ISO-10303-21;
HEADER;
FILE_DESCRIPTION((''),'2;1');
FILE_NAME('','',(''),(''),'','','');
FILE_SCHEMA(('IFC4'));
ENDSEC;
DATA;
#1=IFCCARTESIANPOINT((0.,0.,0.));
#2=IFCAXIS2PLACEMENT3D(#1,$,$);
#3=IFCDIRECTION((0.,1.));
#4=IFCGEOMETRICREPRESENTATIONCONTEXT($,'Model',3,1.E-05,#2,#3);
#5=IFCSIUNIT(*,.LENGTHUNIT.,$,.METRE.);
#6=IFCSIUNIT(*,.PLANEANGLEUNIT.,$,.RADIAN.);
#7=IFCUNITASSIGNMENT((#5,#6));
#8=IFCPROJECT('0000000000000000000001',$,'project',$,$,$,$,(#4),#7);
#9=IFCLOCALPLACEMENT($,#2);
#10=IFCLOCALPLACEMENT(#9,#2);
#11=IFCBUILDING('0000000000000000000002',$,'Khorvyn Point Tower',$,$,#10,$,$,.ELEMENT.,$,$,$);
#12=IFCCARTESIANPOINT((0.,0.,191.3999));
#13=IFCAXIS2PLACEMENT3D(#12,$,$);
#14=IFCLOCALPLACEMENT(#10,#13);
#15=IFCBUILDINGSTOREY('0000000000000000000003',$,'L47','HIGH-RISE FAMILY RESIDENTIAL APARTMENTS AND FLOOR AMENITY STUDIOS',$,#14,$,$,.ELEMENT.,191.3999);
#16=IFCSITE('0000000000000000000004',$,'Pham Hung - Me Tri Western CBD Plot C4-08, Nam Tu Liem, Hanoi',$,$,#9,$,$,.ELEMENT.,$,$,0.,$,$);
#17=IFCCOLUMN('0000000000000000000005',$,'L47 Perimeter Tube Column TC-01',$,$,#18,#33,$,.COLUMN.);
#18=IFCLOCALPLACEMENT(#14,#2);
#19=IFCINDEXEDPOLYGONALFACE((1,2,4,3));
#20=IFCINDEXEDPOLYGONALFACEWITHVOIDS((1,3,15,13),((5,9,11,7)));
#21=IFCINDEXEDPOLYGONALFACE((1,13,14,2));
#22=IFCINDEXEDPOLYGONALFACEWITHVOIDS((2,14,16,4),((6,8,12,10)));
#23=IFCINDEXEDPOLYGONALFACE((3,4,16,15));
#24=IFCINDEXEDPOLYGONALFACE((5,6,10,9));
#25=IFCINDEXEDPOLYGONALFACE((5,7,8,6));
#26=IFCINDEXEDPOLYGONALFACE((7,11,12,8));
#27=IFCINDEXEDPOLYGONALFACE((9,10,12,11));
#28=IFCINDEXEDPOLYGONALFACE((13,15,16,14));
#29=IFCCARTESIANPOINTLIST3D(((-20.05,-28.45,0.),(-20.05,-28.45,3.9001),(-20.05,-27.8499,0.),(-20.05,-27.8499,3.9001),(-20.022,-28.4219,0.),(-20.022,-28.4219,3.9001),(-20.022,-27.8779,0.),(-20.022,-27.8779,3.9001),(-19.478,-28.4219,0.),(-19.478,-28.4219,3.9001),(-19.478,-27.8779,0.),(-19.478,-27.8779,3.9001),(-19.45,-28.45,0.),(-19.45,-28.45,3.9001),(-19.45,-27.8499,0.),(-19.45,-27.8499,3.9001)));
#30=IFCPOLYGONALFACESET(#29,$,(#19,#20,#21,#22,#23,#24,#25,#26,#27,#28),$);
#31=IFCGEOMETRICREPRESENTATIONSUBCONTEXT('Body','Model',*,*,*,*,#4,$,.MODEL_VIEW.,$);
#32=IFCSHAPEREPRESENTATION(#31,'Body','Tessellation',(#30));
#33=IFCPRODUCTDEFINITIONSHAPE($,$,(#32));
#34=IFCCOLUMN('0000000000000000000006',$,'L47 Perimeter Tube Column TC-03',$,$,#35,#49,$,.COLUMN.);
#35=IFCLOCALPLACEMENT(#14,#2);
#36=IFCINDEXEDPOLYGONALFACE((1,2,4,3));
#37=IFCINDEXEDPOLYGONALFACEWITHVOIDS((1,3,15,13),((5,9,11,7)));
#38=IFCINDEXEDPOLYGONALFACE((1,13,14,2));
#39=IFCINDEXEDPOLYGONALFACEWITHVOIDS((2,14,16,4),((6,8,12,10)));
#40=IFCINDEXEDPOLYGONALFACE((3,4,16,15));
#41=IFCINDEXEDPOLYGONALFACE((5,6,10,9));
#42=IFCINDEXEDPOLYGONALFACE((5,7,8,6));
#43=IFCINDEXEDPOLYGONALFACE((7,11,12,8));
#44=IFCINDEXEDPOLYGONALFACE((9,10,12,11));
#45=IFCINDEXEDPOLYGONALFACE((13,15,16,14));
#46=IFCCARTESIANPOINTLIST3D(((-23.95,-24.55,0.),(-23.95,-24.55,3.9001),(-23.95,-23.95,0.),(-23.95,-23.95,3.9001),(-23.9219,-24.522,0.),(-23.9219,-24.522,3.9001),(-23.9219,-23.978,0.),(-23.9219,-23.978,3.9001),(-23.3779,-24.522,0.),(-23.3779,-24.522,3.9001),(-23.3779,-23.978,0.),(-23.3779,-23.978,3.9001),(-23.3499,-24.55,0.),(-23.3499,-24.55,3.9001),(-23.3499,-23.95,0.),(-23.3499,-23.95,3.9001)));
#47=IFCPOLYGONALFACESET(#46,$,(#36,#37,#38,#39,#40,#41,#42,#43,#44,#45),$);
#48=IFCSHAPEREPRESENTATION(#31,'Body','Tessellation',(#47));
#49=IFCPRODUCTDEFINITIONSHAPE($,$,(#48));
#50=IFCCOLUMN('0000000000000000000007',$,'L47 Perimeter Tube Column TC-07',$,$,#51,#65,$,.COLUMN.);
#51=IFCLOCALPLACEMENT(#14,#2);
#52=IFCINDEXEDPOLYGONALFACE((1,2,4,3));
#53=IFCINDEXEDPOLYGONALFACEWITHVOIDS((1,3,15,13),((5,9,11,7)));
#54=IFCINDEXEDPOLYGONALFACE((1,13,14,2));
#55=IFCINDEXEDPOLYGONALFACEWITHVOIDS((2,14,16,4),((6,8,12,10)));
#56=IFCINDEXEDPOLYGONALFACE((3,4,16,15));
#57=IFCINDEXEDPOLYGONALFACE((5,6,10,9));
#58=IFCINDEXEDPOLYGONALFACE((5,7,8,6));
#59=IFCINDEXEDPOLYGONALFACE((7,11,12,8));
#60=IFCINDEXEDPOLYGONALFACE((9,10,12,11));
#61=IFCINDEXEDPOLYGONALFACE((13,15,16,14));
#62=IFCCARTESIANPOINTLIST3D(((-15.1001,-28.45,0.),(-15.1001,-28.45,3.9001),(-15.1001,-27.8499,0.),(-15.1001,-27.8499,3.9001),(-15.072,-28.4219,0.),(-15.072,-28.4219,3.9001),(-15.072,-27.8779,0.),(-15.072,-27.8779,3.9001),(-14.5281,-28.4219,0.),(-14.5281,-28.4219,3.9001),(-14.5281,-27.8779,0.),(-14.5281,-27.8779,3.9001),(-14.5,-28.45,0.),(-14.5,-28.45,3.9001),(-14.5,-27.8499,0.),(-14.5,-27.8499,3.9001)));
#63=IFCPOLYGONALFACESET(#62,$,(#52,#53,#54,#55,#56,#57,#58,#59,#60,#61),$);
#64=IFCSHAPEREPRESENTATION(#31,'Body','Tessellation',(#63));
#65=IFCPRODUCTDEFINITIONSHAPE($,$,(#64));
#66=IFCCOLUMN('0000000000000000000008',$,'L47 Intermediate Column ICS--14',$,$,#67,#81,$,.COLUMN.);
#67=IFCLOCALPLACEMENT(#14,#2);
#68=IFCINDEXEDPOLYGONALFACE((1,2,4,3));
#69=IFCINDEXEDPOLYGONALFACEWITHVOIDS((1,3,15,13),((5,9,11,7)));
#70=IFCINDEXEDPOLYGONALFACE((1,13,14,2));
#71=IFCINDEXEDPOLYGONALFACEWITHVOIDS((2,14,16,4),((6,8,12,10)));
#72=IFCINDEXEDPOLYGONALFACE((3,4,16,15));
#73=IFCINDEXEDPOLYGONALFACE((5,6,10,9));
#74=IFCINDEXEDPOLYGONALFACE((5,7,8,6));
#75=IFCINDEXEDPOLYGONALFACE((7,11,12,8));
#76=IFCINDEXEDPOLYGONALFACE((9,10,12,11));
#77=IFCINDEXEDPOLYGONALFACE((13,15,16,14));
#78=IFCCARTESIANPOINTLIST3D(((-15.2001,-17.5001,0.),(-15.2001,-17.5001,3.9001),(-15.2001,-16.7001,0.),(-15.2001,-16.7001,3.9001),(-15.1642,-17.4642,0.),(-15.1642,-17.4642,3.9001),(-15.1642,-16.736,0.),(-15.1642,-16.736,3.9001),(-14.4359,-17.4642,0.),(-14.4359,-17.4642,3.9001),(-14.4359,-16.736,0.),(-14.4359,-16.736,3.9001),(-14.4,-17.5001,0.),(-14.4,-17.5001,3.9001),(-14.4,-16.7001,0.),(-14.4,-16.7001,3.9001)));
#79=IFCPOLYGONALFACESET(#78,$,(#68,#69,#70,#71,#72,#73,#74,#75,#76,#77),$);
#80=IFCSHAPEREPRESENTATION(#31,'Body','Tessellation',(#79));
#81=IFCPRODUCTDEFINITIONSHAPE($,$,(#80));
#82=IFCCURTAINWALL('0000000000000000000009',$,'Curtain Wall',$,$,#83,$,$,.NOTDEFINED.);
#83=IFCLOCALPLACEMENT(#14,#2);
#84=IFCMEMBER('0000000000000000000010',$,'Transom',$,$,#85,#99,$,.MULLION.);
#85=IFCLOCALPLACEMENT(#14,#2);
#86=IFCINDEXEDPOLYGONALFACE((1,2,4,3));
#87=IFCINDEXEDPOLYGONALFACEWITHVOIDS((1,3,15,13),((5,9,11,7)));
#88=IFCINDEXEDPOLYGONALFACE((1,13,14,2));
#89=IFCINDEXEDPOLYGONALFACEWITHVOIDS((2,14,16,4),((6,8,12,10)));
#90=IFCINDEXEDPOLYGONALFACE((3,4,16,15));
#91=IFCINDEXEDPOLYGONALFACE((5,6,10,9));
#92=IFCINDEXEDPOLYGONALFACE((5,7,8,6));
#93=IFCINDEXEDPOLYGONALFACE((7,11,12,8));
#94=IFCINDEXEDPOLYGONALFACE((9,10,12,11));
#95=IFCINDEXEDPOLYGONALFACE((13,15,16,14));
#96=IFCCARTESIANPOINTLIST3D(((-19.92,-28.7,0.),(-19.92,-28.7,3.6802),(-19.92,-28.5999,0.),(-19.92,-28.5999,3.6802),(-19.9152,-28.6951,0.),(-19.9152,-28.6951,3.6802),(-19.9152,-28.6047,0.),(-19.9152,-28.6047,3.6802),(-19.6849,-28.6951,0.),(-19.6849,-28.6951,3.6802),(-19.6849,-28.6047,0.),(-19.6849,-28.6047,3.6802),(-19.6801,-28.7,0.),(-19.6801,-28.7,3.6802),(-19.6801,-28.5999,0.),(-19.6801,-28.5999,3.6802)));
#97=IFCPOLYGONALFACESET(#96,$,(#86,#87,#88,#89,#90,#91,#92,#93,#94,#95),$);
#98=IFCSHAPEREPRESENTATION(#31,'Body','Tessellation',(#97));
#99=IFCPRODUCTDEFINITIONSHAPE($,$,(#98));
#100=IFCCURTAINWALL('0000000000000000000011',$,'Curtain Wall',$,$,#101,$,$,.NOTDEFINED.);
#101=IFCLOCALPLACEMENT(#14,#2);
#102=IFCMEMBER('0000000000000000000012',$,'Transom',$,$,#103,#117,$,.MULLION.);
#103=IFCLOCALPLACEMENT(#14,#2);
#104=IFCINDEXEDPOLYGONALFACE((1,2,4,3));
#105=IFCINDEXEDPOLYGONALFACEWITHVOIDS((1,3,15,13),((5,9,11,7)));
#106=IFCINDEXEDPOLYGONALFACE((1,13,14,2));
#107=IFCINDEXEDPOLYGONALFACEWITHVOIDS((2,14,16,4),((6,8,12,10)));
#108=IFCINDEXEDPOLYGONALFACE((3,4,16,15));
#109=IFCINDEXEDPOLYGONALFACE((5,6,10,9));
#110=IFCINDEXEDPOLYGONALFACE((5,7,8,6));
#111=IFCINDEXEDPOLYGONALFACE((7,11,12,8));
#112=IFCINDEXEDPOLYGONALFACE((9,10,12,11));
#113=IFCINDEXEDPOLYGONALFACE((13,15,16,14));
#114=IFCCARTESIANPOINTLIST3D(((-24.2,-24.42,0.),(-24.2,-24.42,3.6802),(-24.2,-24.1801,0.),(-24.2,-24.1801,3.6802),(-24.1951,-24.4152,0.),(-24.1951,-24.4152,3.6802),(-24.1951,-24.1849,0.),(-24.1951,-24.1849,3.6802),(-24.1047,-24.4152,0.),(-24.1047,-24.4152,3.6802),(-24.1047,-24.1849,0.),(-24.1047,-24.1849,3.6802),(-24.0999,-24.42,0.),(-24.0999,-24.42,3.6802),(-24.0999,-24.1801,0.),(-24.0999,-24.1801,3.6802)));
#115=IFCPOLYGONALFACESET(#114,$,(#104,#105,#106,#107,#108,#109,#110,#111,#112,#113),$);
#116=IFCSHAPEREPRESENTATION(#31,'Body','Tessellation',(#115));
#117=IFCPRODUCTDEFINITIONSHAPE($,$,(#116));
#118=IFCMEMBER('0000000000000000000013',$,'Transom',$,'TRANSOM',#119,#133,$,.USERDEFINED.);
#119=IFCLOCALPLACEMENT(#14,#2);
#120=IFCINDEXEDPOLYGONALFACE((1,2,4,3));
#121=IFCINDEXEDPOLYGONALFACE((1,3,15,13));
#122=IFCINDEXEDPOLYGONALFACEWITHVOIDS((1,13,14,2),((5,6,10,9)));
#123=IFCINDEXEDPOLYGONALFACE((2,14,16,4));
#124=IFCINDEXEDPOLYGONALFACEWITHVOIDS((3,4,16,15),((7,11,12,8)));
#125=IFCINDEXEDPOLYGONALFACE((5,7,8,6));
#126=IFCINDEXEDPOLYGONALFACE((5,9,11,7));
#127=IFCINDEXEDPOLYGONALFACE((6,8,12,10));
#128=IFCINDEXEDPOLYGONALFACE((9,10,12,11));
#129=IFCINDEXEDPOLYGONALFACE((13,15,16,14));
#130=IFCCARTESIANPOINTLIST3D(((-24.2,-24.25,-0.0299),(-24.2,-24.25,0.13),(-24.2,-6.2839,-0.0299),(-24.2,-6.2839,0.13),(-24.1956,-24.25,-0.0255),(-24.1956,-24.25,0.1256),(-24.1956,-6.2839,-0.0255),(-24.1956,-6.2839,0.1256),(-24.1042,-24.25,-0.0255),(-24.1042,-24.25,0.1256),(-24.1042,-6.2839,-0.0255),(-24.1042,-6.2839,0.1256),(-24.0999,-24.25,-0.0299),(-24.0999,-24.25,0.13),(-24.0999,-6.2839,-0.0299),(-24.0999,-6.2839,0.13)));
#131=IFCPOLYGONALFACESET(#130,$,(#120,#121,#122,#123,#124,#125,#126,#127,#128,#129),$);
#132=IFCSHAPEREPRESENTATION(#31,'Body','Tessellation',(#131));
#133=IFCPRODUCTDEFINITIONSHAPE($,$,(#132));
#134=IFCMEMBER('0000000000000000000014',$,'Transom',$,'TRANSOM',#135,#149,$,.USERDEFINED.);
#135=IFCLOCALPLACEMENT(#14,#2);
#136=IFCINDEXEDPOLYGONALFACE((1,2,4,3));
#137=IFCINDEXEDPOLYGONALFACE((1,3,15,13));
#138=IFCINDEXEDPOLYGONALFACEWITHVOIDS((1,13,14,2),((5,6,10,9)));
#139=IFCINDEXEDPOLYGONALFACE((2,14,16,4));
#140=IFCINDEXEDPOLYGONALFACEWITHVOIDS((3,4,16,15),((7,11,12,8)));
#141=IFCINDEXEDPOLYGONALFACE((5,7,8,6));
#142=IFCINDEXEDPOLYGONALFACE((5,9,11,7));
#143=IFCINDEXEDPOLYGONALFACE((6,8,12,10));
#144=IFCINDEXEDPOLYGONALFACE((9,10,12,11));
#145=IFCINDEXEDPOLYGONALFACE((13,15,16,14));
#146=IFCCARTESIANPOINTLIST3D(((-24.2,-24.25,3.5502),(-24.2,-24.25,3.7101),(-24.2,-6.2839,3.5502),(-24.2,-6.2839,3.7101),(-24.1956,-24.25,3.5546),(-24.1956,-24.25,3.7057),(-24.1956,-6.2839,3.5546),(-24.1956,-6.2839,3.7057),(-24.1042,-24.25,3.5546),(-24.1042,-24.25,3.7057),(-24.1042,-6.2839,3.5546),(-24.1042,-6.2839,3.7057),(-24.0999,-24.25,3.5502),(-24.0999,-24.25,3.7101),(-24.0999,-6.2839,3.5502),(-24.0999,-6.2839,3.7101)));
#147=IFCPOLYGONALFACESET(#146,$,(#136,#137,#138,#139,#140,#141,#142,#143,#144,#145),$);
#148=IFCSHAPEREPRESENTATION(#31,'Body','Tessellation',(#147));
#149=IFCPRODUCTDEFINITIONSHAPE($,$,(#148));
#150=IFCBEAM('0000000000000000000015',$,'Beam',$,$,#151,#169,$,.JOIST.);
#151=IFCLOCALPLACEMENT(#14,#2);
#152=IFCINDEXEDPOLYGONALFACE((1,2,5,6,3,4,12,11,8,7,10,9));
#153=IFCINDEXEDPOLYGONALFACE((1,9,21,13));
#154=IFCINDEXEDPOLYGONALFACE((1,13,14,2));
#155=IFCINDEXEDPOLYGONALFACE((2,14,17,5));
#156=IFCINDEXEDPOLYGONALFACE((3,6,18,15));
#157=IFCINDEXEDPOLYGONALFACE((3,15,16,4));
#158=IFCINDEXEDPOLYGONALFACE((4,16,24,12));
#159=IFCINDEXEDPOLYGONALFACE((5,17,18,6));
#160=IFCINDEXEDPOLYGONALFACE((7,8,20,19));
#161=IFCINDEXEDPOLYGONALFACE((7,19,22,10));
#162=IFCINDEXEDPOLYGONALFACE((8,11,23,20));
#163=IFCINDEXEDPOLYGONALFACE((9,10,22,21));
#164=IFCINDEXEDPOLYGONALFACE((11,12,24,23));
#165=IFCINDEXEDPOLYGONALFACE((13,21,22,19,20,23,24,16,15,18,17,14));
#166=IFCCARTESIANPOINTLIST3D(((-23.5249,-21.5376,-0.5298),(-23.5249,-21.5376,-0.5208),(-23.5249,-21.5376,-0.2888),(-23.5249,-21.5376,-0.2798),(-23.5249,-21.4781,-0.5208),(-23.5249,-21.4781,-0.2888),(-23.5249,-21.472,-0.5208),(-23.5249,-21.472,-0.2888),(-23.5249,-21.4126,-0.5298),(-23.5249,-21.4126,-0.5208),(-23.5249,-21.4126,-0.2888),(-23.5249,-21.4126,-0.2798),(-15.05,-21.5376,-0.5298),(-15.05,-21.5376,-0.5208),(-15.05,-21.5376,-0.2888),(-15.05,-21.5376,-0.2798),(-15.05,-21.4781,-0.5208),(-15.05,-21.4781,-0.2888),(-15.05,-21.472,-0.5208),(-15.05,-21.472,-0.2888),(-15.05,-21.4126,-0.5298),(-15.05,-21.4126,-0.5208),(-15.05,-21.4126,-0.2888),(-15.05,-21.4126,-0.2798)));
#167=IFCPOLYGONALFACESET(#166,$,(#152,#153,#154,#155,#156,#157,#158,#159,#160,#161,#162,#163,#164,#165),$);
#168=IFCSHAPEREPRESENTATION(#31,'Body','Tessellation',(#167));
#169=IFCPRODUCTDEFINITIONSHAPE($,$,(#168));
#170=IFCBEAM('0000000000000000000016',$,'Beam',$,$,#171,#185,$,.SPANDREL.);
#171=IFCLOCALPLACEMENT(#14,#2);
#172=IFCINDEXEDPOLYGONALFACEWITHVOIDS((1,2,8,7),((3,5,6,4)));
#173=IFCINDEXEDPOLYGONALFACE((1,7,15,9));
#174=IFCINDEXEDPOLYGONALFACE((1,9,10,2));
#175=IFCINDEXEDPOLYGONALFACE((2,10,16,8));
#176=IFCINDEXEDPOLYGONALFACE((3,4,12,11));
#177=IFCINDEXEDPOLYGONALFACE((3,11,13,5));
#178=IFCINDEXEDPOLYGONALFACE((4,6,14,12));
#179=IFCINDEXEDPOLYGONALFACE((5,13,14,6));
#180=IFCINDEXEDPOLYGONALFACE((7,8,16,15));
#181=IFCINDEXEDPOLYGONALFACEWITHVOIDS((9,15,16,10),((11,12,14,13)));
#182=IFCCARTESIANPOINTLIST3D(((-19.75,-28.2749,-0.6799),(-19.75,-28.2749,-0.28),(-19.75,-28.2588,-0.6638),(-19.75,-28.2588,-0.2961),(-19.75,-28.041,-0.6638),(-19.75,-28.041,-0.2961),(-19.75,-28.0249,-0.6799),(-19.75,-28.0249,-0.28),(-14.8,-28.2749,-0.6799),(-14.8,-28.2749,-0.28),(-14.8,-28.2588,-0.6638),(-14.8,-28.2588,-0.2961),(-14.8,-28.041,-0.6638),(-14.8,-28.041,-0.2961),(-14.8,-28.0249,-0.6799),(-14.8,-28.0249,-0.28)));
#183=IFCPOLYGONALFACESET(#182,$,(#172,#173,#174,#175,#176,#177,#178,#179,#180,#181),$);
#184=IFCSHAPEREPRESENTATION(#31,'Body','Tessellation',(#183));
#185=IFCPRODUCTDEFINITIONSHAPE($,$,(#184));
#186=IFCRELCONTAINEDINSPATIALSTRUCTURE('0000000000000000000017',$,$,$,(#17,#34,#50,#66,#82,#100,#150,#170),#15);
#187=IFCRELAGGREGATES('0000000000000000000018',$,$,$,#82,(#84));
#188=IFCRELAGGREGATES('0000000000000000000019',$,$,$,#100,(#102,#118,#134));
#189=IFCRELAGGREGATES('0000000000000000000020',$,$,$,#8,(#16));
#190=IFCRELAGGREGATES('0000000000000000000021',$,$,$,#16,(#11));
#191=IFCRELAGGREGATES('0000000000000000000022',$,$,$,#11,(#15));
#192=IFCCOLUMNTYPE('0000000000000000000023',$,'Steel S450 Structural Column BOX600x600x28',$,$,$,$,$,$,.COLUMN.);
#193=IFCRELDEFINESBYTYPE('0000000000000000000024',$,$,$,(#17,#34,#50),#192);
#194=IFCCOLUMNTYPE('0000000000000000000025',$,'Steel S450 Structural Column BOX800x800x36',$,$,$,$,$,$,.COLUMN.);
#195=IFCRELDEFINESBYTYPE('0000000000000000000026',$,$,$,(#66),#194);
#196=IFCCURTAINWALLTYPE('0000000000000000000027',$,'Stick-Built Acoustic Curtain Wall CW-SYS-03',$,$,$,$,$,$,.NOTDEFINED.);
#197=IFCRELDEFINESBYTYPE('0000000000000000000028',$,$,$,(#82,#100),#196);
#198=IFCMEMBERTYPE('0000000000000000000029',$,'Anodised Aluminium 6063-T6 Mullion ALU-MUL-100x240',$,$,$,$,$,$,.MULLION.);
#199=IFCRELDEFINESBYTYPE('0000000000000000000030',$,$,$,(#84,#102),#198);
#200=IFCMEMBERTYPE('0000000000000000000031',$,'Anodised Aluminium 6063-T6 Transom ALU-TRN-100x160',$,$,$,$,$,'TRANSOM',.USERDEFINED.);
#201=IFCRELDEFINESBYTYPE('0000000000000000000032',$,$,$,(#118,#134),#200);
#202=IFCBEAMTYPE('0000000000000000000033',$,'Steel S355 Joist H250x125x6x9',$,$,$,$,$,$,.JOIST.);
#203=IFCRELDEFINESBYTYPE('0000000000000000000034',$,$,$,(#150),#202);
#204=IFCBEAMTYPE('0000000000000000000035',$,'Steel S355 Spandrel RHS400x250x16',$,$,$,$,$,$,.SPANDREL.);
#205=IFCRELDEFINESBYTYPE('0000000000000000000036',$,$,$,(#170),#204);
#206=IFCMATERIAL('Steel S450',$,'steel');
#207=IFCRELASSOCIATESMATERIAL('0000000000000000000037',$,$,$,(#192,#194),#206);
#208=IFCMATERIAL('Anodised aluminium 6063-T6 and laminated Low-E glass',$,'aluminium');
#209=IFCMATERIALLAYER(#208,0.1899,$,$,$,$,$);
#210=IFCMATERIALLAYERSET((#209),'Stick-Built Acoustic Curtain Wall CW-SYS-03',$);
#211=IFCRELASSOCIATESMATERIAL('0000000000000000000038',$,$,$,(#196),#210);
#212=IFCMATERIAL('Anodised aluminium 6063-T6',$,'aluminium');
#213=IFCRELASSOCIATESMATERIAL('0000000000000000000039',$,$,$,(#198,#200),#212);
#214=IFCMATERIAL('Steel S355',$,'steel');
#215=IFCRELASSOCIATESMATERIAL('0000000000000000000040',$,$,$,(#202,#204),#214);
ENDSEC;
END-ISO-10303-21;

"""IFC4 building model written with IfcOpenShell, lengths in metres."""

from ifc_helpers import new_model, si_unit, direction, frame, origin, origin_2d, place, context, subcontext, project, spatial, hollow_rectangle, i_section, extrude, material, layer, layer_set, material_profile, profile_set, type_object, element, aggregate, save


model = new_model("IFC4")

# Units and contexts
model_context = context("Model", 3, precision=1e-05, world=origin(), true_north=direction((0.0, 1.0)))
body_context = subcontext(model_context, "Body", "Model", "MODEL_VIEW")
ifc_project = project(units=[si_unit("LENGTHUNIT", "METRE"), si_unit("PLANEANGLEUNIT", "RADIAN")], contexts=[model_context])

# Site, building, storey
site_placement = place(None, origin())
site = spatial("IfcSite", under=ifc_project, at=site_placement, Name="Pham Hung - Me Tri Western CBD Plot C4-08, Nam Tu Liem, Hanoi", CompositionType="ELEMENT", RefElevation=0.0)
building_placement = place(site_placement, origin())
building = spatial("IfcBuilding", under=site, at=building_placement, Name="Khorvyn Point Tower", CompositionType="ELEMENT")
storey_placement = place(building_placement, frame((0.0, 0.0, 191.3999)))
storey = spatial("IfcBuildingStorey", under=building, at=storey_placement, Name="L47", Description="HIGH-RISE FAMILY RESIDENTIAL APARTMENTS AND FLOOR AMENITY STUDIOS", CompositionType="ELEMENT", Elevation=191.3999)

# Columns
ifc_material_1 = material(Name="Steel S450", Category="steel")
ifc_material_profile_1 = material_profile(ifc_material_1, hollow_rectangle(XDim=0.6001, YDim=0.6001, WallThickness=0.0281, at=origin_2d()))
ifc_profile_set_1 = profile_set([ifc_material_profile_1], Name="Steel S450 BOX600x600x28")
column_type_1 = type_object("IfcColumnType", Name="Steel S450 Structural Column BOX600x600x28", PredefinedType="COLUMN", material=ifc_profile_set_1)
for number, where, z_axis, x_axis, name in (
    (1, (-19.75, -28.1499, 0.0), (0.0, 0.0, 1.0), (1.0, 0.0, 0.0), "L47 Perimeter Tube Column TC-01"),
    (2, (-23.6499, -24.25, 0.0), (0.0, 0.0, 1.0), (1.0, 0.0, 0.0), "L47 Perimeter Tube Column TC-03"),
    (3, (-14.8, -28.1499, 0.0), (0.0, 0.0, 1.0), (1.0, 0.0, 0.0), "L47 Perimeter Tube Column TC-07"),
):
    element("IfcColumn", number, at=place(storey_placement, frame(where, z_axis=z_axis, x_axis=x_axis)), inside=storey, type_object=column_type_1, Name=name, PredefinedType="COLUMN", context=body_context, shape_type="SweptSolid", body=[
        extrude(hollow_rectangle(XDim=0.6001, YDim=0.6001, WallThickness=0.0281, at=origin_2d()), origin(), (0.0, 0.0, 1.0), 3.9001),
    ])
ifc_material_profile_2 = material_profile(ifc_material_1, hollow_rectangle(XDim=0.8, YDim=0.8, WallThickness=0.0359, at=origin_2d()))
ifc_profile_set_2 = profile_set([ifc_material_profile_2], Name="Steel S450 BOX800x800x36")
column_type_2 = type_object("IfcColumnType", Name="Steel S450 Structural Column BOX800x800x36", PredefinedType="COLUMN", material=ifc_profile_set_2)
column_placement = place(storey_placement, frame((-14.8, -17.1001, 0.0), z_axis=(0.0, 0.0, 1.0), x_axis=(1.0, 0.0, 0.0)))
element("IfcColumn", 4, at=column_placement, inside=storey, type_object=column_type_2, Name="L47 Intermediate Column ICS--14", PredefinedType="COLUMN", context=body_context, shape_type="SweptSolid", body=[
    extrude(hollow_rectangle(XDim=0.8, YDim=0.8, WallThickness=0.0359, at=origin_2d()), origin(), (0.0, 0.0, 1.0), 3.9001),
])

# Curtain wall, member
ifc_material_2 = material(Name="Anodised aluminium 6063-T6 and laminated Low-E glass", Category="aluminium")
ifc_layer_1 = layer(ifc_material_2, 0.1899)
ifc_layer_set_1 = layer_set([ifc_layer_1], Name="Stick-Built Acoustic Curtain Wall CW-SYS-03")
curtain_wall_type = type_object("IfcCurtainWallType", Name="Stick-Built Acoustic Curtain Wall CW-SYS-03", PredefinedType="NOTDEFINED", material=ifc_layer_set_1)
curtain_wall_1_placement = place(storey_placement, origin())
curtain_wall_1 = element("IfcCurtainWall", 5, at=curtain_wall_1_placement, inside=storey, type_object=curtain_wall_type, Name="Curtain Wall", PredefinedType="NOTDEFINED")
ifc_material_3 = material(Name="Anodised aluminium 6063-T6", Category="aluminium")
ifc_material_profile_3 = material_profile(ifc_material_3, hollow_rectangle(XDim=0.1001, YDim=0.24, WallThickness=0.0049, at=origin_2d()))
ifc_profile_set_3 = profile_set([ifc_material_profile_3], Name="Anodised aluminium 6063-T6 ALU-MUL-100x240")
member_type_1 = type_object("IfcMemberType", Name="Anodised Aluminium 6063-T6 Mullion ALU-MUL-100x240", PredefinedType="MULLION", material=ifc_profile_set_3)
member_1_placement = place(storey_placement, frame((-19.8, -28.6499, 0.0), z_axis=(0.0, 0.0, 1.0), x_axis=(0.0, -1.0, 0.0)))
member_1 = element("IfcMember", 6, at=member_1_placement, type_object=member_type_1, Name="Transom", PredefinedType="MULLION", context=body_context, shape_type="SweptSolid", body=[
    extrude(hollow_rectangle(XDim=0.1001, YDim=0.24, WallThickness=0.0049, at=origin_2d()), origin(), (0.0, 0.0, 1.0), 3.6802),
])

# Curtain wall, members
curtain_wall_2_placement = place(storey_placement, origin())
curtain_wall_2 = element("IfcCurtainWall", 7, at=curtain_wall_2_placement, inside=storey, type_object=curtain_wall_type, Name="Curtain Wall", PredefinedType="NOTDEFINED")
member_2_placement = place(storey_placement, frame((-24.1499, -24.3, 0.0), z_axis=(0.0, 0.0, 1.0), x_axis=(-1.0, 0.0, 0.0)))
member_2 = element("IfcMember", 8, at=member_2_placement, type_object=member_type_1, Name="Transom", PredefinedType="MULLION", context=body_context, shape_type="SweptSolid", body=[
    extrude(hollow_rectangle(XDim=0.1001, YDim=0.24, WallThickness=0.0049, at=origin_2d()), origin(), (0.0, 0.0, 1.0), 3.6802),
])
ifc_material_profile_4 = material_profile(ifc_material_3, hollow_rectangle(XDim=0.1001, YDim=0.1599, WallThickness=0.0044, at=origin_2d()))
ifc_profile_set_4 = profile_set([ifc_material_profile_4], Name="Anodised aluminium 6063-T6 ALU-TRN-100x160")
member_type_2 = type_object("IfcMemberType", Name="Anodised Aluminium 6063-T6 Transom ALU-TRN-100x160", ElementType="TRANSOM", PredefinedType="USERDEFINED", material=ifc_profile_set_4)
member_3_placement = place(storey_placement, frame((-24.1499, -24.25, 0.05), z_axis=(0.0, 1.0, 0.0), x_axis=(-1.0, 0.0, 0.0)))
member_3 = element("IfcMember", 9, at=member_3_placement, type_object=member_type_2, Name="Transom", ObjectType="TRANSOM", PredefinedType="USERDEFINED", context=body_context, shape_type="SweptSolid", body=[
    extrude(hollow_rectangle(XDim=0.1001, YDim=0.1599, WallThickness=0.0044, at=origin_2d()), origin(), (0.0, 0.0, 1.0), 17.9661),
])
member_4_placement = place(storey_placement, frame((-24.1499, -24.25, 3.6301), z_axis=(0.0, 1.0, 0.0), x_axis=(-1.0, 0.0, 0.0)))
member_4 = element("IfcMember", 10, at=member_4_placement, type_object=member_type_2, Name="Transom", ObjectType="TRANSOM", PredefinedType="USERDEFINED", context=body_context, shape_type="SweptSolid", body=[
    extrude(hollow_rectangle(XDim=0.1001, YDim=0.1599, WallThickness=0.0044, at=origin_2d()), origin(), (0.0, 0.0, 1.0), 17.9661),
])

# Beams
ifc_material_4 = material(Name="Steel S355", Category="steel")
ifc_material_profile_5 = material_profile(ifc_material_4, i_section(OverallWidth=0.125, OverallDepth=0.25, WebThickness=0.0061, FlangeThickness=0.009, at=origin_2d()))
ifc_profile_set_5 = profile_set([ifc_material_profile_5], Name="Steel S355 H250x125x6x9")
beam_type_1 = type_object("IfcBeamType", Name="Steel S355 Joist H250x125x6x9", PredefinedType="JOIST", material=ifc_profile_set_5)
beam_1_placement = place(storey_placement, frame((-23.5249, -21.4751, -0.4048), z_axis=(1.0, 0.0, 0.0), x_axis=(0.0, 1.0, 0.0)))
element("IfcBeam", 11, at=beam_1_placement, inside=storey, type_object=beam_type_1, Name="Beam", PredefinedType="JOIST", context=body_context, shape_type="SweptSolid", body=[
    extrude(i_section(OverallWidth=0.125, OverallDepth=0.25, WebThickness=0.0061, FlangeThickness=0.009, at=origin_2d()), origin(), (0.0, 0.0, 1.0), 8.4749),
])
ifc_material_profile_6 = material_profile(ifc_material_4, hollow_rectangle(XDim=0.25, YDim=0.3999, WallThickness=0.0161, at=origin_2d()))
ifc_profile_set_6 = profile_set([ifc_material_profile_6], Name="Steel S355 RHS400x250x16")
beam_type_2 = type_object("IfcBeamType", Name="Steel S355 Spandrel RHS400x250x16", PredefinedType="SPANDREL", material=ifc_profile_set_6)
beam_2_placement = place(storey_placement, frame((-19.75, -28.1499, -0.48), z_axis=(1.0, 0.0, 0.0), x_axis=(0.0, 1.0, 0.0)))
element("IfcBeam", 12, at=beam_2_placement, inside=storey, type_object=beam_type_2, Name="Beam", PredefinedType="SPANDREL", context=body_context, shape_type="SweptSolid", body=[
    extrude(hollow_rectangle(XDim=0.25, YDim=0.3999, WallThickness=0.0161, at=origin_2d()), origin(), (0.0, 0.0, 1.0), 4.95),
])

aggregate(curtain_wall_1, [member_1])
aggregate(curtain_wall_2, [member_2, member_3, member_4])

save(model, "model.ifc")
